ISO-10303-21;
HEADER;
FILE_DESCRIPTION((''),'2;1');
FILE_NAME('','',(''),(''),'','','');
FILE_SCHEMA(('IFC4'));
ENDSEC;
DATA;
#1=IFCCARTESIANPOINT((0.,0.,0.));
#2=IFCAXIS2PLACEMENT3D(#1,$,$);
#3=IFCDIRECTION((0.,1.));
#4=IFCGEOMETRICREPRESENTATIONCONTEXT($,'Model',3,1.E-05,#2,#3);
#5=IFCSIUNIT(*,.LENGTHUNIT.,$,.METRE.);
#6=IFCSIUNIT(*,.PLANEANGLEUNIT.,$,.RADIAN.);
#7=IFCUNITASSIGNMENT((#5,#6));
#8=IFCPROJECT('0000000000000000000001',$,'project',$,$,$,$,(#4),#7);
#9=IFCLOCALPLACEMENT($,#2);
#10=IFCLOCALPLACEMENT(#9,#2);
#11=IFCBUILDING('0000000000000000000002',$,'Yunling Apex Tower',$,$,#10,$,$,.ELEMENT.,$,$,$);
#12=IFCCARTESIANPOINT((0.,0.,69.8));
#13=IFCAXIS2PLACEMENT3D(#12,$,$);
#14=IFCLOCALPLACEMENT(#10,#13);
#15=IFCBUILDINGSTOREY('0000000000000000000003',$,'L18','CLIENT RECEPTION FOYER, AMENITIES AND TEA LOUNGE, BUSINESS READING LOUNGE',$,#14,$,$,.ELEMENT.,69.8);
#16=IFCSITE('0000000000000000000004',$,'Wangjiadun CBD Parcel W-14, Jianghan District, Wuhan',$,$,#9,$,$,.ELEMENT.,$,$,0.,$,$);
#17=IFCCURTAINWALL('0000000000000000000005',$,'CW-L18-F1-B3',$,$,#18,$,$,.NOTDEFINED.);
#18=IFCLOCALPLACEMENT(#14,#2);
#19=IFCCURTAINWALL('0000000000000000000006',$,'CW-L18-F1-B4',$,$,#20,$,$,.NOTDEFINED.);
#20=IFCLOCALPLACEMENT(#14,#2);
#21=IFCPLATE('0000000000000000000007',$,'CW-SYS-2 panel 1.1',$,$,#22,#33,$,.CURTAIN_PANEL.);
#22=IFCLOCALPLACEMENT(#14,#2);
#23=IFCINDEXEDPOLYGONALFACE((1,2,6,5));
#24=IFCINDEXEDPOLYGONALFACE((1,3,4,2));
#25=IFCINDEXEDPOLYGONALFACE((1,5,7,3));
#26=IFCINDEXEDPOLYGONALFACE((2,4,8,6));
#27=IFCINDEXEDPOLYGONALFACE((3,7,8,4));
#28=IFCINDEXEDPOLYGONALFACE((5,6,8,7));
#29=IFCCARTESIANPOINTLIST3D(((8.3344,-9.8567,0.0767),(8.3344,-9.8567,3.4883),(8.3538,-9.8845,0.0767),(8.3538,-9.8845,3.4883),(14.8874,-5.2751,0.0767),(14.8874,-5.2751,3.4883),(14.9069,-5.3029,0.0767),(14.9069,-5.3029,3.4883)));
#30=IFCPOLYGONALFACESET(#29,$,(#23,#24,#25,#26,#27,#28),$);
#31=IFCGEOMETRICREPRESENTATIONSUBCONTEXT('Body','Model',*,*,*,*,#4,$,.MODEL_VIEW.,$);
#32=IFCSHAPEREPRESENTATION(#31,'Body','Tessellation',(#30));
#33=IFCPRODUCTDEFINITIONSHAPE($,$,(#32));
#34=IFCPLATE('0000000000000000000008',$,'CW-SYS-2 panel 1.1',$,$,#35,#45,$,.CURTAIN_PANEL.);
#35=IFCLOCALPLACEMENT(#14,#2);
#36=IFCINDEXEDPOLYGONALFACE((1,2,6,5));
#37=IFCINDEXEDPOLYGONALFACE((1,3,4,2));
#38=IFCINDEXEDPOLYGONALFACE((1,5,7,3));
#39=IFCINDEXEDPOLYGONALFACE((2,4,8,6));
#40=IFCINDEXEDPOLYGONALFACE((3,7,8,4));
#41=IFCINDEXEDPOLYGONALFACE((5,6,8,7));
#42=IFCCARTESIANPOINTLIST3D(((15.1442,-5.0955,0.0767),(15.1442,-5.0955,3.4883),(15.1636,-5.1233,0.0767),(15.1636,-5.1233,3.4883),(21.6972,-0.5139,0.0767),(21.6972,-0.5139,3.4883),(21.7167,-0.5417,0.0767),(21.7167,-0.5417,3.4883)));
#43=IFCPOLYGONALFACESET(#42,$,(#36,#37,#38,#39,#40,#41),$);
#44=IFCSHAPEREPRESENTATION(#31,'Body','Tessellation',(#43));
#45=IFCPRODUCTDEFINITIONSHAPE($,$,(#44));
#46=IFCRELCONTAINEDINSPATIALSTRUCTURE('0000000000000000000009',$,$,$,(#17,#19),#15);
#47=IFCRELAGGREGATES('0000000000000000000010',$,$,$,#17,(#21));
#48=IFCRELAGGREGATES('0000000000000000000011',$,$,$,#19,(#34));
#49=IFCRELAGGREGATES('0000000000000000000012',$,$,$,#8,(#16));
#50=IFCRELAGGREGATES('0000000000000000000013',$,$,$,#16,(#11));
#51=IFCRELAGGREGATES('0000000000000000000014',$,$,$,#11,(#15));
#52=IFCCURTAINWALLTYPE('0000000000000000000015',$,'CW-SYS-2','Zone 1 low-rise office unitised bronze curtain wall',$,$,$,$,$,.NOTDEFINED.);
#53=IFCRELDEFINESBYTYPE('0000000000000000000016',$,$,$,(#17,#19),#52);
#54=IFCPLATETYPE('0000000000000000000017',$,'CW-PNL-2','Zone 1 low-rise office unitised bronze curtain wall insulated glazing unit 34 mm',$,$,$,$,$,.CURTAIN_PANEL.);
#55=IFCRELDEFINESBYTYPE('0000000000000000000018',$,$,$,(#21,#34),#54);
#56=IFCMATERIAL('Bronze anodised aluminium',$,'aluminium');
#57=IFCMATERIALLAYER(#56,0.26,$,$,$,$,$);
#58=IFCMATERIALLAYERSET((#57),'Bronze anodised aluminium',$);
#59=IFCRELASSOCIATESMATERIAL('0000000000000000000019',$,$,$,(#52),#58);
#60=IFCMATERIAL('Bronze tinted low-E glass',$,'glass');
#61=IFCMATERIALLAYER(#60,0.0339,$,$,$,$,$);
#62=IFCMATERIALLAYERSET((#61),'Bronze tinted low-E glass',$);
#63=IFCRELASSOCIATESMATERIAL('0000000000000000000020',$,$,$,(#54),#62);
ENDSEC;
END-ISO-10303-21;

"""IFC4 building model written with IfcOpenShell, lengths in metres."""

from ifc_helpers import new_model, si_unit, direction, frame, origin, origin_2d, place, context, subcontext, project, spatial, rectangle, extrude, source, transform, mapped, material, layer, layer_set, type_object, element, aggregate, save


model = new_model("IFC4")

# Units and contexts
model_context = context("Model", 3, precision=1e-05, world=origin(), true_north=direction((0.0, 1.0)))
body_context = subcontext(model_context, "Body", "Model", "MODEL_VIEW")
ifc_project = project(units=[si_unit("LENGTHUNIT", "METRE"), si_unit("PLANEANGLEUNIT", "RADIAN")], contexts=[model_context])

# Site, building, storey
site_placement = place(None, origin())
site = spatial("IfcSite", under=ifc_project, at=site_placement, Name="Wangjiadun CBD Parcel W-14, Jianghan District, Wuhan", CompositionType="ELEMENT", RefElevation=0.0)
building_placement = place(site_placement, origin())
building = spatial("IfcBuilding", under=site, at=building_placement, Name="Yunling Apex Tower", CompositionType="ELEMENT")
storey_placement = place(building_placement, frame((0.0, 0.0, 69.8)))
storey = spatial("IfcBuildingStorey", under=building, at=storey_placement, Name="L18", Description="CLIENT RECEPTION FOYER, AMENITIES AND TEA LOUNGE, BUSINESS READING LOUNGE", CompositionType="ELEMENT", Elevation=69.8)

# Curtain wall
ifc_material_1 = material(Name="Bronze anodised aluminium", Category="aluminium")
ifc_layer_1 = layer(ifc_material_1, 0.26)
ifc_layer_set_1 = layer_set([ifc_layer_1], Name="Bronze anodised aluminium")
curtain_wall_type = type_object("IfcCurtainWallType", Name="CW-SYS-2", Description="Zone 1 low-rise office unitised bronze curtain wall", PredefinedType="NOTDEFINED", material=ifc_layer_set_1)
curtain_wall_1_placement = place(storey_placement, origin())
curtain_wall_1 = element("IfcCurtainWall", 1, at=curtain_wall_1_placement, inside=storey, type_object=curtain_wall_type, Name="CW-L18-F1-B3", PredefinedType="NOTDEFINED")

# Curtain wall
curtain_wall_2_placement = place(storey_placement, origin())
curtain_wall_2 = element("IfcCurtainWall", 2, at=curtain_wall_2_placement, inside=storey, type_object=curtain_wall_type, Name="CW-L18-F1-B4", PredefinedType="NOTDEFINED")

# Plates
ifc_material_2 = material(Name="Bronze tinted low-E glass", Category="glass")
ifc_layer_2 = layer(ifc_material_2, 0.0339)
ifc_layer_set_2 = layer_set([ifc_layer_2], Name="Bronze tinted low-E glass")
plate_type = type_object("IfcPlateType", Name="CW-PNL-2", Description="Zone 1 low-rise office unitised bronze curtain wall insulated glazing unit 34 mm", PredefinedType="CURTAIN_PANEL", material=ifc_layer_set_2)
shared_shape_1 = source(origin(), body_context, "Body", "SweptSolid", [
    extrude(rectangle(XDim=7.9958, YDim=0.0339, at=origin_2d()), origin(), (0.0, 0.0, 1.0), 3.4116),
])
plate_1_placement = place(storey_placement, frame((11.6206, -7.5798, 0.0767), z_axis=(0.0, 0.0, 1.0), x_axis=(0.819558, 0.572996, 0.0)))
plate_1 = element("IfcPlate", 3, at=plate_1_placement, type_object=plate_type, Name="CW-SYS-2 panel 1.1", PredefinedType="CURTAIN_PANEL", context=body_context, shape_type="MappedRepresentation", body=[
    mapped(shared_shape_1, transform((0.0, 0.0, 0.0), scale=1.0)),
])
aggregate(curtain_wall_1, [plate_1])
plate_2_placement = place(storey_placement, frame((18.4304, -2.8186, 0.0767), z_axis=(0.0, 0.0, 1.0), x_axis=(0.819552, 0.573004, 0.0)))
plate_2 = element("IfcPlate", 4, at=plate_2_placement, type_object=plate_type, Name="CW-SYS-2 panel 1.1", PredefinedType="CURTAIN_PANEL", context=body_context, shape_type="MappedRepresentation", body=[
    mapped(shared_shape_1, transform((0.0, 0.0, 0.0), scale=1.0)),
])
aggregate(curtain_wall_2, [plate_2])

save(model, "model.ifc")
